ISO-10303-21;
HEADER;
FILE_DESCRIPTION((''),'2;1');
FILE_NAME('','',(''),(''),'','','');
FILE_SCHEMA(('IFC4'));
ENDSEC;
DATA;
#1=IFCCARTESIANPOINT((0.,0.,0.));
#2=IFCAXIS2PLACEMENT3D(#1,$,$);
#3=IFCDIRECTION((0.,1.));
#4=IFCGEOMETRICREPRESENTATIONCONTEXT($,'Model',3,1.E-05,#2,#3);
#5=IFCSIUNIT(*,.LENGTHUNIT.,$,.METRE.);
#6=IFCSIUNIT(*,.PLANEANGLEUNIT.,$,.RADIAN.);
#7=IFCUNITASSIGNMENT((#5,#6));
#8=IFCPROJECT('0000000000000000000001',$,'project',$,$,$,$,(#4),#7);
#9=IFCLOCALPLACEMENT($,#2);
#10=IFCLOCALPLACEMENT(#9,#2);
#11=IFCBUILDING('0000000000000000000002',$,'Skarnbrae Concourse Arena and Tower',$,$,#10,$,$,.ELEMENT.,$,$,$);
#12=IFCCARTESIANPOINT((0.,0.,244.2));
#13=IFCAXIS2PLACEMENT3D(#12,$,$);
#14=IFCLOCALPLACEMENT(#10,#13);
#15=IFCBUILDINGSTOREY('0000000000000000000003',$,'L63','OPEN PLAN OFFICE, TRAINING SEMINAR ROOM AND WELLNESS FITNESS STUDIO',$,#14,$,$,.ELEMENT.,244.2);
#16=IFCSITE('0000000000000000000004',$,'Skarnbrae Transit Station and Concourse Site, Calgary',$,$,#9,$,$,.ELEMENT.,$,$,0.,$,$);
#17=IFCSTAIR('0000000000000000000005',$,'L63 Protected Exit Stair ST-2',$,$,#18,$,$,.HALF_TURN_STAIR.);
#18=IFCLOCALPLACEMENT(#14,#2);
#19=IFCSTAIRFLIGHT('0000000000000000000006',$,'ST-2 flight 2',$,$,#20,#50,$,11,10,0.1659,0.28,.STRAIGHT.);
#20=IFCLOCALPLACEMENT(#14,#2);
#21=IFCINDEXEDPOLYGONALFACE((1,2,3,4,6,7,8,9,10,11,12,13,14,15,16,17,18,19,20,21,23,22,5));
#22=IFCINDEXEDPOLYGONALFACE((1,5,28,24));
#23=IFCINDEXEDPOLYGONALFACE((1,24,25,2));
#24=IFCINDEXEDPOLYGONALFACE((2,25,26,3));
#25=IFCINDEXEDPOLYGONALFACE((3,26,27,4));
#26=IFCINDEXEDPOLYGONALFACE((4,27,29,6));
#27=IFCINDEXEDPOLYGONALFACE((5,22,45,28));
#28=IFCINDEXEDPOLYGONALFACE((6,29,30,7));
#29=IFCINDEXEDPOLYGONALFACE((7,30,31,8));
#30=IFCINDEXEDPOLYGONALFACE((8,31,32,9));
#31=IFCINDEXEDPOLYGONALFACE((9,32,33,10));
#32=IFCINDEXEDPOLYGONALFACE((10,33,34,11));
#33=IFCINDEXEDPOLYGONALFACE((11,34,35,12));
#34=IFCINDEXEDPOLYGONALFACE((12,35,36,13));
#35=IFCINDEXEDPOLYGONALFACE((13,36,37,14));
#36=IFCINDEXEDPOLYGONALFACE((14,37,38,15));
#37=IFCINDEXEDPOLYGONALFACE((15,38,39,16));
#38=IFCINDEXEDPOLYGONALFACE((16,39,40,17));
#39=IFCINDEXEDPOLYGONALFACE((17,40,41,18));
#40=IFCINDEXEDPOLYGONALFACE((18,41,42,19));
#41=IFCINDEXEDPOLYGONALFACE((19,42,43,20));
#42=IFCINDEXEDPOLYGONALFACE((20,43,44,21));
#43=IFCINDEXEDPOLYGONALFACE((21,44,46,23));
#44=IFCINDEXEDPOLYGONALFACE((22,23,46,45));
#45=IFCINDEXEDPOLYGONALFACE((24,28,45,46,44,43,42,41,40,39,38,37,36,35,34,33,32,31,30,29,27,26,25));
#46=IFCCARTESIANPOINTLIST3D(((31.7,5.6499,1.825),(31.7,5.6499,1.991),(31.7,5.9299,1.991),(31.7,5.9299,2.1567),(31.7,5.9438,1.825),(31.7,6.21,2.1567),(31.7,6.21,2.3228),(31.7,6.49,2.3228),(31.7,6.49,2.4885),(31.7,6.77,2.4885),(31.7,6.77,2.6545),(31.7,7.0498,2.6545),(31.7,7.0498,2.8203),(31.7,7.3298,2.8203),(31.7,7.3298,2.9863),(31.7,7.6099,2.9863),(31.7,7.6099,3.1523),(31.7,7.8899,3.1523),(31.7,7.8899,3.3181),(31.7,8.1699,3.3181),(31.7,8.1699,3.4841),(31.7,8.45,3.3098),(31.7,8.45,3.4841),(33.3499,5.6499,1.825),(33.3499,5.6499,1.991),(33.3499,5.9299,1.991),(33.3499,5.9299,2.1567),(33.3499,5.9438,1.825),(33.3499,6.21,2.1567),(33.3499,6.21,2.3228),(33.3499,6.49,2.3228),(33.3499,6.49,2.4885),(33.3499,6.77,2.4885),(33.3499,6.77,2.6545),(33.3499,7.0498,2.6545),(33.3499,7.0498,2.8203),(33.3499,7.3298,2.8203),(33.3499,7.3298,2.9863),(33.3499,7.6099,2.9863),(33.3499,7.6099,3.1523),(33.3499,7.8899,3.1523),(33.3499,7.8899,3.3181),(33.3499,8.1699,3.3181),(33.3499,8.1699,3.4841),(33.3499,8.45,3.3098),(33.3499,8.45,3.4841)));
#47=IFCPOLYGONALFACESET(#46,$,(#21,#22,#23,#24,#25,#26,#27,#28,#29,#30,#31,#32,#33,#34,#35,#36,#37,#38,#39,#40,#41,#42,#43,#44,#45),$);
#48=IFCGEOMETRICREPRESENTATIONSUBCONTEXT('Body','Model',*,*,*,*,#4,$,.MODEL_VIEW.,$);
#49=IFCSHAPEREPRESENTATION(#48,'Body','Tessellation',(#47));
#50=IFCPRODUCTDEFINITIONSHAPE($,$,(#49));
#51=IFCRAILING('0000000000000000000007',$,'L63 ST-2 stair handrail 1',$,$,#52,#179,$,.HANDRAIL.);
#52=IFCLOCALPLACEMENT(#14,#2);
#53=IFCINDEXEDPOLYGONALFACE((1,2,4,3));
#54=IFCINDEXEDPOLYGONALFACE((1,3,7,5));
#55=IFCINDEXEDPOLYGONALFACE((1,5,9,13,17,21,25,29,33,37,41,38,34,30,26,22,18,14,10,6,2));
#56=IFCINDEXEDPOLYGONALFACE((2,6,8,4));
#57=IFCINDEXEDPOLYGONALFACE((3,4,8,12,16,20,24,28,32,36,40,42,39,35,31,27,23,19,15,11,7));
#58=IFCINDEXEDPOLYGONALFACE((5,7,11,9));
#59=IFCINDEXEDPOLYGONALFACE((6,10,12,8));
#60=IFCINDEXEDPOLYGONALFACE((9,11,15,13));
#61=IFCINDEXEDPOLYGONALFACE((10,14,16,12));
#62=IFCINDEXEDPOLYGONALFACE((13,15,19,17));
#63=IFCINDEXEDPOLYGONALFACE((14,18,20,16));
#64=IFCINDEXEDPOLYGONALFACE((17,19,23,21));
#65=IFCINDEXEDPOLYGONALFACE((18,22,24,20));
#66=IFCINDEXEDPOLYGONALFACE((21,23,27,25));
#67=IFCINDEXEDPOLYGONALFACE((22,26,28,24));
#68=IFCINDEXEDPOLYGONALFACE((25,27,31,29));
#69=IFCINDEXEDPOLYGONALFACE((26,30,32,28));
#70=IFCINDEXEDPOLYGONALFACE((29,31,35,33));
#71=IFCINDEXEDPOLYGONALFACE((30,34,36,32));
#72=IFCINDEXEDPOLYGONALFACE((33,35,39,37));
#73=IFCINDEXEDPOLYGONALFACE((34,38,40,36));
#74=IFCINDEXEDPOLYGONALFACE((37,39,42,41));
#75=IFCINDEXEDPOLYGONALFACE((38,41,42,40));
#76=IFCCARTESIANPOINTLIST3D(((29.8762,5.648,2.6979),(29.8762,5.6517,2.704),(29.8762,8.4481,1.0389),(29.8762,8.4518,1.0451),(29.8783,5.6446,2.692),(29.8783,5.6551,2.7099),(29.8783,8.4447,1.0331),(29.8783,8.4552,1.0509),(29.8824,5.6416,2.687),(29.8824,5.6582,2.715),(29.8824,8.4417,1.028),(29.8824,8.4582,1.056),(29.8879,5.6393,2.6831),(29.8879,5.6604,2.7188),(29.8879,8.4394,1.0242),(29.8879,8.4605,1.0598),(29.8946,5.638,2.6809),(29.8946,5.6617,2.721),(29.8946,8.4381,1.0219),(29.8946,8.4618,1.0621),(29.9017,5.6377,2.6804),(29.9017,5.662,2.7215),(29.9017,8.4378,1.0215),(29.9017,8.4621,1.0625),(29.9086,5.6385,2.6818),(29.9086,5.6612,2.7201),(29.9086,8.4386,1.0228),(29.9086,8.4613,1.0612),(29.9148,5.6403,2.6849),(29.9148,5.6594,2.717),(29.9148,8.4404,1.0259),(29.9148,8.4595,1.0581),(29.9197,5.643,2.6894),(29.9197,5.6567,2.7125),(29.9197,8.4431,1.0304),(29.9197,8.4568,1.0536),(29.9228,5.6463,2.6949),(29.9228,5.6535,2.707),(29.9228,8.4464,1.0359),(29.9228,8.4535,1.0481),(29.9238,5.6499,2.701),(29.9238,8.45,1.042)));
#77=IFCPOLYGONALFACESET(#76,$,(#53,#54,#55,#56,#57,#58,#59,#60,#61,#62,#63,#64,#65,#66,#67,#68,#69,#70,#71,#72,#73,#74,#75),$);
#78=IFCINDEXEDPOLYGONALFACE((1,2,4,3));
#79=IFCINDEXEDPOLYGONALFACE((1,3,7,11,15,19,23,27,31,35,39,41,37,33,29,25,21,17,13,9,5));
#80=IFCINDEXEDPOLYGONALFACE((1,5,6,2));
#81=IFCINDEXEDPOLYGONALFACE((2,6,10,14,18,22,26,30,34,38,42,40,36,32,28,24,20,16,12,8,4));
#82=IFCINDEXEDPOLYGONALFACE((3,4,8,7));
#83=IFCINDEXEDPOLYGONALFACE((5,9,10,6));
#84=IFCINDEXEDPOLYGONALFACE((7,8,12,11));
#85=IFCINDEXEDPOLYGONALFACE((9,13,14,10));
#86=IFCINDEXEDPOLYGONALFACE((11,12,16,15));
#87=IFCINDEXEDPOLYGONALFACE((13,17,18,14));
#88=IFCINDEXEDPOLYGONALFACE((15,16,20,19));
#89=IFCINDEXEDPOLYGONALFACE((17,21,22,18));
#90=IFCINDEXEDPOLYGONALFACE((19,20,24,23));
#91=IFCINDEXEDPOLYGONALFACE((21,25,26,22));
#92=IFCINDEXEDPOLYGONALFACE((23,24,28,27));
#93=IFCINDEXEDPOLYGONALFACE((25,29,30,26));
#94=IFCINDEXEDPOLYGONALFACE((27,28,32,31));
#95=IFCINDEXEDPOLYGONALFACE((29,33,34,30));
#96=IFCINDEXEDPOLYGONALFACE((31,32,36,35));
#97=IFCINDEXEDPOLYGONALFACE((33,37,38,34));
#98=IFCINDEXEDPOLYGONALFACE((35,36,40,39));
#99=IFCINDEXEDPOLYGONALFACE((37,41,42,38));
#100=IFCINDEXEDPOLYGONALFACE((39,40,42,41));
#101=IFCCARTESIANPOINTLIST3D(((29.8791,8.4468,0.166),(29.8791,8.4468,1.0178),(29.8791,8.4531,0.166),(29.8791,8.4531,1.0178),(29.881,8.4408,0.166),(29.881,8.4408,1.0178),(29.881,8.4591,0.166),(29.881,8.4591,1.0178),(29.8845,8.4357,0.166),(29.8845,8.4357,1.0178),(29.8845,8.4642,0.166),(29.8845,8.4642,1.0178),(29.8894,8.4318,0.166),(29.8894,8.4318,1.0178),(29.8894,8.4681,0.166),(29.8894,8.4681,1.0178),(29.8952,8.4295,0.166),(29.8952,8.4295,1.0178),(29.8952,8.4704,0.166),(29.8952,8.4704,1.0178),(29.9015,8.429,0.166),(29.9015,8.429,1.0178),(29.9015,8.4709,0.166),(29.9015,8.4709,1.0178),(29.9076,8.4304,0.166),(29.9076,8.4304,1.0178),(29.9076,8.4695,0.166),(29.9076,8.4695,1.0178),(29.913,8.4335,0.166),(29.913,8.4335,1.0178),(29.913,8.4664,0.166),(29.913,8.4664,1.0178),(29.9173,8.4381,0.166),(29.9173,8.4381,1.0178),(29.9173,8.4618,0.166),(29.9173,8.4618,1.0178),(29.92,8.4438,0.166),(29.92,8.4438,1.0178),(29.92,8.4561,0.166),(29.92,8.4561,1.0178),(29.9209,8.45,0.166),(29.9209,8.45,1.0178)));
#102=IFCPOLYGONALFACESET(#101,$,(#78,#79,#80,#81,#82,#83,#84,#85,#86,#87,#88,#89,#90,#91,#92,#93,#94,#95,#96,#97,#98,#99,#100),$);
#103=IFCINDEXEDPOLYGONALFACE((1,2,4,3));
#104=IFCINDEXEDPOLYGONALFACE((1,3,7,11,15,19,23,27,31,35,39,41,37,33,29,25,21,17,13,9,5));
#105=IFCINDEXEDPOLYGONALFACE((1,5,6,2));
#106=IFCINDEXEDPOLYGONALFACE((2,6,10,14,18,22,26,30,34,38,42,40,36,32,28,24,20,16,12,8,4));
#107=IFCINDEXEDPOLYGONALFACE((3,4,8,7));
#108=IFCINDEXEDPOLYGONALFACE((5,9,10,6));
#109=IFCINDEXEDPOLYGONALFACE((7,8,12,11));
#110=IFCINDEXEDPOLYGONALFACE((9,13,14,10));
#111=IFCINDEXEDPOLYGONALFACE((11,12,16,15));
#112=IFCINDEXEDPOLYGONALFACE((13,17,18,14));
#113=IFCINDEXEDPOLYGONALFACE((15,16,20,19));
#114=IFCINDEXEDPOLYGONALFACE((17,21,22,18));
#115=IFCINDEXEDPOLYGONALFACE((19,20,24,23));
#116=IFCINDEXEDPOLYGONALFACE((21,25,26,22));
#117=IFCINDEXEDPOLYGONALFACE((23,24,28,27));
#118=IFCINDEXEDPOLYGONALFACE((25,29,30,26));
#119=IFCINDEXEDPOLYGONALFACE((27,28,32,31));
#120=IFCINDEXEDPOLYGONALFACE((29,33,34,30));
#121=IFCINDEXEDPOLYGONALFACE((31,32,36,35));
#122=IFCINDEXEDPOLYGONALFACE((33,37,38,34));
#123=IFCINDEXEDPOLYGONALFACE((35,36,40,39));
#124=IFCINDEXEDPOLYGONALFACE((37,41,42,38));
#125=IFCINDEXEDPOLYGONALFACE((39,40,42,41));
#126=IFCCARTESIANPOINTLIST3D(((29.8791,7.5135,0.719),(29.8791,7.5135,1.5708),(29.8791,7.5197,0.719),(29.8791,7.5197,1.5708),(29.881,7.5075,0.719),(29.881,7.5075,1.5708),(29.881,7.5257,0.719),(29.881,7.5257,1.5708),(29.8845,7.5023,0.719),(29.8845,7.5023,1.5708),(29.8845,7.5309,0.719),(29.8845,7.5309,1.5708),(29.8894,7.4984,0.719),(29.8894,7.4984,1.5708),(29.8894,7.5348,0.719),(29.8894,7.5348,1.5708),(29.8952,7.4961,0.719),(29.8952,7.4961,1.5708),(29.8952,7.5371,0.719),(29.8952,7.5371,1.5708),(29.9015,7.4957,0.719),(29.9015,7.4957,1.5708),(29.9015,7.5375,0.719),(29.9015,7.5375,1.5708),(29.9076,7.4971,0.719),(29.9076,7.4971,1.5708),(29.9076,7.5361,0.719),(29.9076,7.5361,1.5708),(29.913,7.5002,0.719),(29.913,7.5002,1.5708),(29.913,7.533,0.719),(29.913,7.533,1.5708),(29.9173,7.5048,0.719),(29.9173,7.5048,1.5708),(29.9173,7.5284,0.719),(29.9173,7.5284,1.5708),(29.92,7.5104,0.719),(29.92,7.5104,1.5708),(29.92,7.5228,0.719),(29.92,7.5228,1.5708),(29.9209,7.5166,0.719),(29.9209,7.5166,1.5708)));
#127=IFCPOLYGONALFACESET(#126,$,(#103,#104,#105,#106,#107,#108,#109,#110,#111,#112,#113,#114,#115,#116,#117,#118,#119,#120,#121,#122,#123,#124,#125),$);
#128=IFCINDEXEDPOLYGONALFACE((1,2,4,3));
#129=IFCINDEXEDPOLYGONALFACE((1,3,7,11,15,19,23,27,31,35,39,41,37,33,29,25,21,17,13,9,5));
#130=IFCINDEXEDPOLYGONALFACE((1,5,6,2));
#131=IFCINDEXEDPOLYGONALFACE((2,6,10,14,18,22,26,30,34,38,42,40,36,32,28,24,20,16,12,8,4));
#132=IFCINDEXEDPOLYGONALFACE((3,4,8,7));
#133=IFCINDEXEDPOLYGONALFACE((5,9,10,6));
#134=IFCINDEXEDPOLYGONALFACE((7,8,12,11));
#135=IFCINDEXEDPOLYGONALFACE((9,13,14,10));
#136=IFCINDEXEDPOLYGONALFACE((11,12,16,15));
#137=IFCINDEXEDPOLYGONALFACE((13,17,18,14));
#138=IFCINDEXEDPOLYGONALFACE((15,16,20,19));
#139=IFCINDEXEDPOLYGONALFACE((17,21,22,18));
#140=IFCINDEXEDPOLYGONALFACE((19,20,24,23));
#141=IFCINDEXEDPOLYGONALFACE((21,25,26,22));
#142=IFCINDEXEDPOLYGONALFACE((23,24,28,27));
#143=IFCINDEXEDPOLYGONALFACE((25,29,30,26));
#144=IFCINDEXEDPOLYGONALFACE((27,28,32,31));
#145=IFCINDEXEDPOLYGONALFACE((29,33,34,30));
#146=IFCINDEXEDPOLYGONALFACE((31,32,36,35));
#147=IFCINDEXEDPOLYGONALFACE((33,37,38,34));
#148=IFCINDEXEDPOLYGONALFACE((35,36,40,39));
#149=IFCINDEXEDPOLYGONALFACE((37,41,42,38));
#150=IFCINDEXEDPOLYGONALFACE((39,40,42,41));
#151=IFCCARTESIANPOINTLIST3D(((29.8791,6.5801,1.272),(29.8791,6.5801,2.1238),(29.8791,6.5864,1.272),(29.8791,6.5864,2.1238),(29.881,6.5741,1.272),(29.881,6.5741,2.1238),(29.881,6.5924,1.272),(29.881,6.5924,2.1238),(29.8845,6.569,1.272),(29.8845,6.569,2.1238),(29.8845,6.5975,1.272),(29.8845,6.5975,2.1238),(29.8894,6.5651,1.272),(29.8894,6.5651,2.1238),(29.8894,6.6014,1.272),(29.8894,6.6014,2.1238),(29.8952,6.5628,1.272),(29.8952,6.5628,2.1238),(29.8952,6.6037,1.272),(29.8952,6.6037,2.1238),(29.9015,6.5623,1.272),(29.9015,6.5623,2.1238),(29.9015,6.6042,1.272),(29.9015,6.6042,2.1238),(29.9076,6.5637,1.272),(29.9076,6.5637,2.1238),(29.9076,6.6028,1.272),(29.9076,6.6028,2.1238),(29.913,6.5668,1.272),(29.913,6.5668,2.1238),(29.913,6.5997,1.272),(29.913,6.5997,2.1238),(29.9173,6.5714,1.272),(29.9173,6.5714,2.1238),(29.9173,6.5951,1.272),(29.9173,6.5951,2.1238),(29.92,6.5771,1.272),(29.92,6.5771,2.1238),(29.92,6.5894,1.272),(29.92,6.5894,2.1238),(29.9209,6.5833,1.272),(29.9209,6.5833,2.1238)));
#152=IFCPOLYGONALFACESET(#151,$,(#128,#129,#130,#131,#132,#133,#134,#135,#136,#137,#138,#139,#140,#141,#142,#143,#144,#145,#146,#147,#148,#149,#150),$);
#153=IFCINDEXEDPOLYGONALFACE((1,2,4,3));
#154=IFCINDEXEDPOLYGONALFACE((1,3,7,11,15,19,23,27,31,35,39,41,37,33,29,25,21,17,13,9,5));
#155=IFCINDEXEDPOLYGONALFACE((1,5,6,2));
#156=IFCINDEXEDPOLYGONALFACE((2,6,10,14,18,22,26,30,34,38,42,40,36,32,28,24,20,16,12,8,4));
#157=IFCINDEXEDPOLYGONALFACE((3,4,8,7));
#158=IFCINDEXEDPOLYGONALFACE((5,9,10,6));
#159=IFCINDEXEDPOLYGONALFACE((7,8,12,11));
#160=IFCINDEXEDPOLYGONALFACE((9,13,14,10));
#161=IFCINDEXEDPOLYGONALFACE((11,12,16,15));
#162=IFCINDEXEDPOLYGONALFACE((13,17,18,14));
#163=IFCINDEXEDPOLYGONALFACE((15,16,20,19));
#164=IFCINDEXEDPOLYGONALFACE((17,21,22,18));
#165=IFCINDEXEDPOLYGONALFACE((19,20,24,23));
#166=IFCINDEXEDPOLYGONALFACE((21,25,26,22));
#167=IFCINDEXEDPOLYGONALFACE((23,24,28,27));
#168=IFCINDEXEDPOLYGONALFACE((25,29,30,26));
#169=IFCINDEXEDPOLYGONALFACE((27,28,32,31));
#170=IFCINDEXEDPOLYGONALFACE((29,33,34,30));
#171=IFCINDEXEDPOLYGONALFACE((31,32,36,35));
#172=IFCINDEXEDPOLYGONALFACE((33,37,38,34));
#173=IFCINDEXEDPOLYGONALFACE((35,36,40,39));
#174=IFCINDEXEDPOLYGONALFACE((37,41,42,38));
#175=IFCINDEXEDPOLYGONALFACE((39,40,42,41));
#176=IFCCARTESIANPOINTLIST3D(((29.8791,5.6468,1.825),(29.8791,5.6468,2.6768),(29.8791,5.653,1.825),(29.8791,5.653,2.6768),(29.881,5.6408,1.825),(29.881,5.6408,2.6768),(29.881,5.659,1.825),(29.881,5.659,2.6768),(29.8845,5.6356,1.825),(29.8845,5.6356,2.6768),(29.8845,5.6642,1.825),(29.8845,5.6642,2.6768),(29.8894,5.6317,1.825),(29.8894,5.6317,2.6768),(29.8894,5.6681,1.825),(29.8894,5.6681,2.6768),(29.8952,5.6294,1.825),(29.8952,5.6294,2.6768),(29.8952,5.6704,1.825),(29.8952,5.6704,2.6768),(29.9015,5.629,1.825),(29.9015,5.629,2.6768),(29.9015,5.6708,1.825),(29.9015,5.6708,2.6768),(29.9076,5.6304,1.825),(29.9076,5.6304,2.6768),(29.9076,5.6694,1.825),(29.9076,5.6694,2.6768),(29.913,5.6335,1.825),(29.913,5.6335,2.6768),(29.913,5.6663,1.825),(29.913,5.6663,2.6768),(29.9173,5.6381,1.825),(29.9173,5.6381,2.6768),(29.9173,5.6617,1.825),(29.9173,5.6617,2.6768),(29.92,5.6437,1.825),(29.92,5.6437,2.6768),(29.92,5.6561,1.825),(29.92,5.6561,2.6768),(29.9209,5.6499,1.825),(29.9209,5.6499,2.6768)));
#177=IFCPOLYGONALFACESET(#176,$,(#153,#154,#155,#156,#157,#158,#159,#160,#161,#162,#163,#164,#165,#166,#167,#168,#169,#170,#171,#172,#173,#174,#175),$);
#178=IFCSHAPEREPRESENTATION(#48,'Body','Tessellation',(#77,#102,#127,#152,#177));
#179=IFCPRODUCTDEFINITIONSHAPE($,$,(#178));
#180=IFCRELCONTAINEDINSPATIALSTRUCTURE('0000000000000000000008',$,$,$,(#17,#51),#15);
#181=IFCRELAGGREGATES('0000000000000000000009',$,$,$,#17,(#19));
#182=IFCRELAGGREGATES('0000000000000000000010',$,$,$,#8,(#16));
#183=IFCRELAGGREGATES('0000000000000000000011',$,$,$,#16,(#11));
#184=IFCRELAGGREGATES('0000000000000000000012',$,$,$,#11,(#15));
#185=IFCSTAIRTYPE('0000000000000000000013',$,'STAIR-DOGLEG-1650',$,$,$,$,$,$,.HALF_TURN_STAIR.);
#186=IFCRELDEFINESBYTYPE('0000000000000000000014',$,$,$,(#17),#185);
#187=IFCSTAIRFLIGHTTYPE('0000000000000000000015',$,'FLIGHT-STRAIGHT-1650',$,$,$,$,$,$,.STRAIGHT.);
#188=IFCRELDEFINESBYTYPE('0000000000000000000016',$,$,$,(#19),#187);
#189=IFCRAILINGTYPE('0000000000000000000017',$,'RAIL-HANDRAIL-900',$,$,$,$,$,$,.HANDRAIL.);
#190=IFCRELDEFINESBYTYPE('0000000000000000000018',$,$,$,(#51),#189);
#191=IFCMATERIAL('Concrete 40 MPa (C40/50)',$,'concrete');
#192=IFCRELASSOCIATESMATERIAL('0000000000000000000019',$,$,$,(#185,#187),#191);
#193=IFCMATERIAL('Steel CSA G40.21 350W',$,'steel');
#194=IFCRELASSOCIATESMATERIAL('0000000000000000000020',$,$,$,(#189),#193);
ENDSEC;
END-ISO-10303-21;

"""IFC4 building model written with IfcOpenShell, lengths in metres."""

from ifc_helpers import new_model, si_unit, direction, frame, origin, origin_2d, place, context, subcontext, project, spatial, polyline, circle, outline, extrude, source, transform, mapped, material, type_object, element, aggregate, save


model = new_model("IFC4")

# Units and contexts
model_context = context("Model", 3, precision=1e-05, world=origin(), true_north=direction((0.0, 1.0)))
body_context = subcontext(model_context, "Body", "Model", "MODEL_VIEW")
ifc_project = project(units=[si_unit("LENGTHUNIT", "METRE"), si_unit("PLANEANGLEUNIT", "RADIAN")], contexts=[model_context])

# Site, building, storey
site_placement = place(None, origin())
site = spatial("IfcSite", under=ifc_project, at=site_placement, Name="Skarnbrae Transit Station and Concourse Site, Calgary", CompositionType="ELEMENT", RefElevation=0.0)
building_placement = place(site_placement, origin())
building = spatial("IfcBuilding", under=site, at=building_placement, Name="Skarnbrae Concourse Arena and Tower", CompositionType="ELEMENT")
storey_placement = place(building_placement, frame((0.0, 0.0, 244.2)))
storey = spatial("IfcBuildingStorey", under=building, at=storey_placement, Name="L63", Description="OPEN PLAN OFFICE, TRAINING SEMINAR ROOM AND WELLNESS FITNESS STUDIO", CompositionType="ELEMENT", Elevation=244.2)

# Shared definitions
ifc_material_1 = material(Name="Steel CSA G40.21 350W", Category="steel")

# Stair, stair flight
ifc_material_2 = material(Name="Concrete 40 MPa (C40/50)", Category="concrete")
stair_type = type_object("IfcStairType", Name="STAIR-DOGLEG-1650", PredefinedType="HALF_TURN_STAIR", material=ifc_material_2)
stair_placement = place(storey_placement, origin())
stair = element("IfcStair", 1, at=stair_placement, inside=storey, type_object=stair_type, Name="L63 Protected Exit Stair ST-2", PredefinedType="HALF_TURN_STAIR")
stair_flight_type = type_object("IfcStairFlightType", Name="FLIGHT-STRAIGHT-1650", PredefinedType="STRAIGHT", material=ifc_material_2)
shared_shape_1 = source(origin(), body_context, "Body", "SweptSolid", [
    extrude(outline(polyline([(0.0, 0.0), (0.0, 0.166), (0.28, 0.166), (0.28, 0.3318), (0.5601, 0.3318), (0.5601, 0.4978), (0.8401, 0.4978), (0.8401, 0.6636), (1.1201, 0.6636), (1.1201, 0.8296), (1.3999, 0.8296), (1.3999, 0.9954), (1.6799, 0.9954), (1.6799, 1.1614), (1.96, 1.1614), (1.96, 1.3274), (2.24, 1.3274), (2.24, 1.4932), (2.52, 1.4932), (2.52, 1.6592), (2.8, 1.6592), (2.8, 1.825), (2.8, 1.4849), (0.2939, 0.0), (0.0, 0.0)])), frame((0.0, 0.825, 0.0), z_axis=(0.0, -1.0, 0.0), x_axis=(1.0, 0.0, 0.0)), (0.0, 0.0, 1.0), 1.6499),
])
stair_flight_1_placement = place(storey_placement, frame((32.5249, 5.6499, 1.825), z_axis=(0.0, 0.0, 1.0), x_axis=(0.0, 1.0, 0.0)))
stair_flight_1 = element("IfcStairFlight", 2, at=stair_flight_1_placement, type_object=stair_flight_type, Name="ST-2 flight 2", NumberOfRisers=11, NumberOfTreads=10, PredefinedType="STRAIGHT", RiserHeight=0.1659, TreadLength=0.28, context=body_context, shape_type="MappedRepresentation", body=[
    mapped(shared_shape_1, transform((0.0, 0.0, 0.0))),
])
aggregate(stair, [stair_flight_1])

# Railing
railing_type_1 = type_object("IfcRailingType", Name="RAIL-HANDRAIL-900", PredefinedType="HANDRAIL", material=ifc_material_1)
railing_1_placement = place(storey_placement, frame((29.8999, 8.45, 0.166)))
element("IfcRailing", 3, at=railing_1_placement, inside=storey, type_object=railing_type_1, Name="L63 ST-2 stair handrail 1", PredefinedType="HANDRAIL", context=body_context, shape_type="SweptSolid", body=[
    extrude(circle(Radius=0.0239, at=origin_2d()), frame((0.0, 0.0, 0.876), z_axis=(0.0, -0.860339, 0.509722), x_axis=(1.0, 0.0, 0.0)), (0.0, 0.0, 1.0), 3.2546),
    extrude(circle(Radius=0.021, at=origin_2d()), origin(), (0.0, 0.0, 1.0), 0.8518),
    extrude(circle(Radius=0.021, at=origin_2d()), frame((0.0, -0.9333, 0.553)), (0.0, 0.0, 1.0), 0.8518),
    extrude(circle(Radius=0.021, at=origin_2d()), frame((0.0, -1.8667, 1.106)), (0.0, 0.0, 1.0), 0.8518),
    extrude(circle(Radius=0.021, at=origin_2d()), frame((0.0, -2.8, 1.6589)), (0.0, 0.0, 1.0), 0.8518),
])

save(model, "model.ifc")
